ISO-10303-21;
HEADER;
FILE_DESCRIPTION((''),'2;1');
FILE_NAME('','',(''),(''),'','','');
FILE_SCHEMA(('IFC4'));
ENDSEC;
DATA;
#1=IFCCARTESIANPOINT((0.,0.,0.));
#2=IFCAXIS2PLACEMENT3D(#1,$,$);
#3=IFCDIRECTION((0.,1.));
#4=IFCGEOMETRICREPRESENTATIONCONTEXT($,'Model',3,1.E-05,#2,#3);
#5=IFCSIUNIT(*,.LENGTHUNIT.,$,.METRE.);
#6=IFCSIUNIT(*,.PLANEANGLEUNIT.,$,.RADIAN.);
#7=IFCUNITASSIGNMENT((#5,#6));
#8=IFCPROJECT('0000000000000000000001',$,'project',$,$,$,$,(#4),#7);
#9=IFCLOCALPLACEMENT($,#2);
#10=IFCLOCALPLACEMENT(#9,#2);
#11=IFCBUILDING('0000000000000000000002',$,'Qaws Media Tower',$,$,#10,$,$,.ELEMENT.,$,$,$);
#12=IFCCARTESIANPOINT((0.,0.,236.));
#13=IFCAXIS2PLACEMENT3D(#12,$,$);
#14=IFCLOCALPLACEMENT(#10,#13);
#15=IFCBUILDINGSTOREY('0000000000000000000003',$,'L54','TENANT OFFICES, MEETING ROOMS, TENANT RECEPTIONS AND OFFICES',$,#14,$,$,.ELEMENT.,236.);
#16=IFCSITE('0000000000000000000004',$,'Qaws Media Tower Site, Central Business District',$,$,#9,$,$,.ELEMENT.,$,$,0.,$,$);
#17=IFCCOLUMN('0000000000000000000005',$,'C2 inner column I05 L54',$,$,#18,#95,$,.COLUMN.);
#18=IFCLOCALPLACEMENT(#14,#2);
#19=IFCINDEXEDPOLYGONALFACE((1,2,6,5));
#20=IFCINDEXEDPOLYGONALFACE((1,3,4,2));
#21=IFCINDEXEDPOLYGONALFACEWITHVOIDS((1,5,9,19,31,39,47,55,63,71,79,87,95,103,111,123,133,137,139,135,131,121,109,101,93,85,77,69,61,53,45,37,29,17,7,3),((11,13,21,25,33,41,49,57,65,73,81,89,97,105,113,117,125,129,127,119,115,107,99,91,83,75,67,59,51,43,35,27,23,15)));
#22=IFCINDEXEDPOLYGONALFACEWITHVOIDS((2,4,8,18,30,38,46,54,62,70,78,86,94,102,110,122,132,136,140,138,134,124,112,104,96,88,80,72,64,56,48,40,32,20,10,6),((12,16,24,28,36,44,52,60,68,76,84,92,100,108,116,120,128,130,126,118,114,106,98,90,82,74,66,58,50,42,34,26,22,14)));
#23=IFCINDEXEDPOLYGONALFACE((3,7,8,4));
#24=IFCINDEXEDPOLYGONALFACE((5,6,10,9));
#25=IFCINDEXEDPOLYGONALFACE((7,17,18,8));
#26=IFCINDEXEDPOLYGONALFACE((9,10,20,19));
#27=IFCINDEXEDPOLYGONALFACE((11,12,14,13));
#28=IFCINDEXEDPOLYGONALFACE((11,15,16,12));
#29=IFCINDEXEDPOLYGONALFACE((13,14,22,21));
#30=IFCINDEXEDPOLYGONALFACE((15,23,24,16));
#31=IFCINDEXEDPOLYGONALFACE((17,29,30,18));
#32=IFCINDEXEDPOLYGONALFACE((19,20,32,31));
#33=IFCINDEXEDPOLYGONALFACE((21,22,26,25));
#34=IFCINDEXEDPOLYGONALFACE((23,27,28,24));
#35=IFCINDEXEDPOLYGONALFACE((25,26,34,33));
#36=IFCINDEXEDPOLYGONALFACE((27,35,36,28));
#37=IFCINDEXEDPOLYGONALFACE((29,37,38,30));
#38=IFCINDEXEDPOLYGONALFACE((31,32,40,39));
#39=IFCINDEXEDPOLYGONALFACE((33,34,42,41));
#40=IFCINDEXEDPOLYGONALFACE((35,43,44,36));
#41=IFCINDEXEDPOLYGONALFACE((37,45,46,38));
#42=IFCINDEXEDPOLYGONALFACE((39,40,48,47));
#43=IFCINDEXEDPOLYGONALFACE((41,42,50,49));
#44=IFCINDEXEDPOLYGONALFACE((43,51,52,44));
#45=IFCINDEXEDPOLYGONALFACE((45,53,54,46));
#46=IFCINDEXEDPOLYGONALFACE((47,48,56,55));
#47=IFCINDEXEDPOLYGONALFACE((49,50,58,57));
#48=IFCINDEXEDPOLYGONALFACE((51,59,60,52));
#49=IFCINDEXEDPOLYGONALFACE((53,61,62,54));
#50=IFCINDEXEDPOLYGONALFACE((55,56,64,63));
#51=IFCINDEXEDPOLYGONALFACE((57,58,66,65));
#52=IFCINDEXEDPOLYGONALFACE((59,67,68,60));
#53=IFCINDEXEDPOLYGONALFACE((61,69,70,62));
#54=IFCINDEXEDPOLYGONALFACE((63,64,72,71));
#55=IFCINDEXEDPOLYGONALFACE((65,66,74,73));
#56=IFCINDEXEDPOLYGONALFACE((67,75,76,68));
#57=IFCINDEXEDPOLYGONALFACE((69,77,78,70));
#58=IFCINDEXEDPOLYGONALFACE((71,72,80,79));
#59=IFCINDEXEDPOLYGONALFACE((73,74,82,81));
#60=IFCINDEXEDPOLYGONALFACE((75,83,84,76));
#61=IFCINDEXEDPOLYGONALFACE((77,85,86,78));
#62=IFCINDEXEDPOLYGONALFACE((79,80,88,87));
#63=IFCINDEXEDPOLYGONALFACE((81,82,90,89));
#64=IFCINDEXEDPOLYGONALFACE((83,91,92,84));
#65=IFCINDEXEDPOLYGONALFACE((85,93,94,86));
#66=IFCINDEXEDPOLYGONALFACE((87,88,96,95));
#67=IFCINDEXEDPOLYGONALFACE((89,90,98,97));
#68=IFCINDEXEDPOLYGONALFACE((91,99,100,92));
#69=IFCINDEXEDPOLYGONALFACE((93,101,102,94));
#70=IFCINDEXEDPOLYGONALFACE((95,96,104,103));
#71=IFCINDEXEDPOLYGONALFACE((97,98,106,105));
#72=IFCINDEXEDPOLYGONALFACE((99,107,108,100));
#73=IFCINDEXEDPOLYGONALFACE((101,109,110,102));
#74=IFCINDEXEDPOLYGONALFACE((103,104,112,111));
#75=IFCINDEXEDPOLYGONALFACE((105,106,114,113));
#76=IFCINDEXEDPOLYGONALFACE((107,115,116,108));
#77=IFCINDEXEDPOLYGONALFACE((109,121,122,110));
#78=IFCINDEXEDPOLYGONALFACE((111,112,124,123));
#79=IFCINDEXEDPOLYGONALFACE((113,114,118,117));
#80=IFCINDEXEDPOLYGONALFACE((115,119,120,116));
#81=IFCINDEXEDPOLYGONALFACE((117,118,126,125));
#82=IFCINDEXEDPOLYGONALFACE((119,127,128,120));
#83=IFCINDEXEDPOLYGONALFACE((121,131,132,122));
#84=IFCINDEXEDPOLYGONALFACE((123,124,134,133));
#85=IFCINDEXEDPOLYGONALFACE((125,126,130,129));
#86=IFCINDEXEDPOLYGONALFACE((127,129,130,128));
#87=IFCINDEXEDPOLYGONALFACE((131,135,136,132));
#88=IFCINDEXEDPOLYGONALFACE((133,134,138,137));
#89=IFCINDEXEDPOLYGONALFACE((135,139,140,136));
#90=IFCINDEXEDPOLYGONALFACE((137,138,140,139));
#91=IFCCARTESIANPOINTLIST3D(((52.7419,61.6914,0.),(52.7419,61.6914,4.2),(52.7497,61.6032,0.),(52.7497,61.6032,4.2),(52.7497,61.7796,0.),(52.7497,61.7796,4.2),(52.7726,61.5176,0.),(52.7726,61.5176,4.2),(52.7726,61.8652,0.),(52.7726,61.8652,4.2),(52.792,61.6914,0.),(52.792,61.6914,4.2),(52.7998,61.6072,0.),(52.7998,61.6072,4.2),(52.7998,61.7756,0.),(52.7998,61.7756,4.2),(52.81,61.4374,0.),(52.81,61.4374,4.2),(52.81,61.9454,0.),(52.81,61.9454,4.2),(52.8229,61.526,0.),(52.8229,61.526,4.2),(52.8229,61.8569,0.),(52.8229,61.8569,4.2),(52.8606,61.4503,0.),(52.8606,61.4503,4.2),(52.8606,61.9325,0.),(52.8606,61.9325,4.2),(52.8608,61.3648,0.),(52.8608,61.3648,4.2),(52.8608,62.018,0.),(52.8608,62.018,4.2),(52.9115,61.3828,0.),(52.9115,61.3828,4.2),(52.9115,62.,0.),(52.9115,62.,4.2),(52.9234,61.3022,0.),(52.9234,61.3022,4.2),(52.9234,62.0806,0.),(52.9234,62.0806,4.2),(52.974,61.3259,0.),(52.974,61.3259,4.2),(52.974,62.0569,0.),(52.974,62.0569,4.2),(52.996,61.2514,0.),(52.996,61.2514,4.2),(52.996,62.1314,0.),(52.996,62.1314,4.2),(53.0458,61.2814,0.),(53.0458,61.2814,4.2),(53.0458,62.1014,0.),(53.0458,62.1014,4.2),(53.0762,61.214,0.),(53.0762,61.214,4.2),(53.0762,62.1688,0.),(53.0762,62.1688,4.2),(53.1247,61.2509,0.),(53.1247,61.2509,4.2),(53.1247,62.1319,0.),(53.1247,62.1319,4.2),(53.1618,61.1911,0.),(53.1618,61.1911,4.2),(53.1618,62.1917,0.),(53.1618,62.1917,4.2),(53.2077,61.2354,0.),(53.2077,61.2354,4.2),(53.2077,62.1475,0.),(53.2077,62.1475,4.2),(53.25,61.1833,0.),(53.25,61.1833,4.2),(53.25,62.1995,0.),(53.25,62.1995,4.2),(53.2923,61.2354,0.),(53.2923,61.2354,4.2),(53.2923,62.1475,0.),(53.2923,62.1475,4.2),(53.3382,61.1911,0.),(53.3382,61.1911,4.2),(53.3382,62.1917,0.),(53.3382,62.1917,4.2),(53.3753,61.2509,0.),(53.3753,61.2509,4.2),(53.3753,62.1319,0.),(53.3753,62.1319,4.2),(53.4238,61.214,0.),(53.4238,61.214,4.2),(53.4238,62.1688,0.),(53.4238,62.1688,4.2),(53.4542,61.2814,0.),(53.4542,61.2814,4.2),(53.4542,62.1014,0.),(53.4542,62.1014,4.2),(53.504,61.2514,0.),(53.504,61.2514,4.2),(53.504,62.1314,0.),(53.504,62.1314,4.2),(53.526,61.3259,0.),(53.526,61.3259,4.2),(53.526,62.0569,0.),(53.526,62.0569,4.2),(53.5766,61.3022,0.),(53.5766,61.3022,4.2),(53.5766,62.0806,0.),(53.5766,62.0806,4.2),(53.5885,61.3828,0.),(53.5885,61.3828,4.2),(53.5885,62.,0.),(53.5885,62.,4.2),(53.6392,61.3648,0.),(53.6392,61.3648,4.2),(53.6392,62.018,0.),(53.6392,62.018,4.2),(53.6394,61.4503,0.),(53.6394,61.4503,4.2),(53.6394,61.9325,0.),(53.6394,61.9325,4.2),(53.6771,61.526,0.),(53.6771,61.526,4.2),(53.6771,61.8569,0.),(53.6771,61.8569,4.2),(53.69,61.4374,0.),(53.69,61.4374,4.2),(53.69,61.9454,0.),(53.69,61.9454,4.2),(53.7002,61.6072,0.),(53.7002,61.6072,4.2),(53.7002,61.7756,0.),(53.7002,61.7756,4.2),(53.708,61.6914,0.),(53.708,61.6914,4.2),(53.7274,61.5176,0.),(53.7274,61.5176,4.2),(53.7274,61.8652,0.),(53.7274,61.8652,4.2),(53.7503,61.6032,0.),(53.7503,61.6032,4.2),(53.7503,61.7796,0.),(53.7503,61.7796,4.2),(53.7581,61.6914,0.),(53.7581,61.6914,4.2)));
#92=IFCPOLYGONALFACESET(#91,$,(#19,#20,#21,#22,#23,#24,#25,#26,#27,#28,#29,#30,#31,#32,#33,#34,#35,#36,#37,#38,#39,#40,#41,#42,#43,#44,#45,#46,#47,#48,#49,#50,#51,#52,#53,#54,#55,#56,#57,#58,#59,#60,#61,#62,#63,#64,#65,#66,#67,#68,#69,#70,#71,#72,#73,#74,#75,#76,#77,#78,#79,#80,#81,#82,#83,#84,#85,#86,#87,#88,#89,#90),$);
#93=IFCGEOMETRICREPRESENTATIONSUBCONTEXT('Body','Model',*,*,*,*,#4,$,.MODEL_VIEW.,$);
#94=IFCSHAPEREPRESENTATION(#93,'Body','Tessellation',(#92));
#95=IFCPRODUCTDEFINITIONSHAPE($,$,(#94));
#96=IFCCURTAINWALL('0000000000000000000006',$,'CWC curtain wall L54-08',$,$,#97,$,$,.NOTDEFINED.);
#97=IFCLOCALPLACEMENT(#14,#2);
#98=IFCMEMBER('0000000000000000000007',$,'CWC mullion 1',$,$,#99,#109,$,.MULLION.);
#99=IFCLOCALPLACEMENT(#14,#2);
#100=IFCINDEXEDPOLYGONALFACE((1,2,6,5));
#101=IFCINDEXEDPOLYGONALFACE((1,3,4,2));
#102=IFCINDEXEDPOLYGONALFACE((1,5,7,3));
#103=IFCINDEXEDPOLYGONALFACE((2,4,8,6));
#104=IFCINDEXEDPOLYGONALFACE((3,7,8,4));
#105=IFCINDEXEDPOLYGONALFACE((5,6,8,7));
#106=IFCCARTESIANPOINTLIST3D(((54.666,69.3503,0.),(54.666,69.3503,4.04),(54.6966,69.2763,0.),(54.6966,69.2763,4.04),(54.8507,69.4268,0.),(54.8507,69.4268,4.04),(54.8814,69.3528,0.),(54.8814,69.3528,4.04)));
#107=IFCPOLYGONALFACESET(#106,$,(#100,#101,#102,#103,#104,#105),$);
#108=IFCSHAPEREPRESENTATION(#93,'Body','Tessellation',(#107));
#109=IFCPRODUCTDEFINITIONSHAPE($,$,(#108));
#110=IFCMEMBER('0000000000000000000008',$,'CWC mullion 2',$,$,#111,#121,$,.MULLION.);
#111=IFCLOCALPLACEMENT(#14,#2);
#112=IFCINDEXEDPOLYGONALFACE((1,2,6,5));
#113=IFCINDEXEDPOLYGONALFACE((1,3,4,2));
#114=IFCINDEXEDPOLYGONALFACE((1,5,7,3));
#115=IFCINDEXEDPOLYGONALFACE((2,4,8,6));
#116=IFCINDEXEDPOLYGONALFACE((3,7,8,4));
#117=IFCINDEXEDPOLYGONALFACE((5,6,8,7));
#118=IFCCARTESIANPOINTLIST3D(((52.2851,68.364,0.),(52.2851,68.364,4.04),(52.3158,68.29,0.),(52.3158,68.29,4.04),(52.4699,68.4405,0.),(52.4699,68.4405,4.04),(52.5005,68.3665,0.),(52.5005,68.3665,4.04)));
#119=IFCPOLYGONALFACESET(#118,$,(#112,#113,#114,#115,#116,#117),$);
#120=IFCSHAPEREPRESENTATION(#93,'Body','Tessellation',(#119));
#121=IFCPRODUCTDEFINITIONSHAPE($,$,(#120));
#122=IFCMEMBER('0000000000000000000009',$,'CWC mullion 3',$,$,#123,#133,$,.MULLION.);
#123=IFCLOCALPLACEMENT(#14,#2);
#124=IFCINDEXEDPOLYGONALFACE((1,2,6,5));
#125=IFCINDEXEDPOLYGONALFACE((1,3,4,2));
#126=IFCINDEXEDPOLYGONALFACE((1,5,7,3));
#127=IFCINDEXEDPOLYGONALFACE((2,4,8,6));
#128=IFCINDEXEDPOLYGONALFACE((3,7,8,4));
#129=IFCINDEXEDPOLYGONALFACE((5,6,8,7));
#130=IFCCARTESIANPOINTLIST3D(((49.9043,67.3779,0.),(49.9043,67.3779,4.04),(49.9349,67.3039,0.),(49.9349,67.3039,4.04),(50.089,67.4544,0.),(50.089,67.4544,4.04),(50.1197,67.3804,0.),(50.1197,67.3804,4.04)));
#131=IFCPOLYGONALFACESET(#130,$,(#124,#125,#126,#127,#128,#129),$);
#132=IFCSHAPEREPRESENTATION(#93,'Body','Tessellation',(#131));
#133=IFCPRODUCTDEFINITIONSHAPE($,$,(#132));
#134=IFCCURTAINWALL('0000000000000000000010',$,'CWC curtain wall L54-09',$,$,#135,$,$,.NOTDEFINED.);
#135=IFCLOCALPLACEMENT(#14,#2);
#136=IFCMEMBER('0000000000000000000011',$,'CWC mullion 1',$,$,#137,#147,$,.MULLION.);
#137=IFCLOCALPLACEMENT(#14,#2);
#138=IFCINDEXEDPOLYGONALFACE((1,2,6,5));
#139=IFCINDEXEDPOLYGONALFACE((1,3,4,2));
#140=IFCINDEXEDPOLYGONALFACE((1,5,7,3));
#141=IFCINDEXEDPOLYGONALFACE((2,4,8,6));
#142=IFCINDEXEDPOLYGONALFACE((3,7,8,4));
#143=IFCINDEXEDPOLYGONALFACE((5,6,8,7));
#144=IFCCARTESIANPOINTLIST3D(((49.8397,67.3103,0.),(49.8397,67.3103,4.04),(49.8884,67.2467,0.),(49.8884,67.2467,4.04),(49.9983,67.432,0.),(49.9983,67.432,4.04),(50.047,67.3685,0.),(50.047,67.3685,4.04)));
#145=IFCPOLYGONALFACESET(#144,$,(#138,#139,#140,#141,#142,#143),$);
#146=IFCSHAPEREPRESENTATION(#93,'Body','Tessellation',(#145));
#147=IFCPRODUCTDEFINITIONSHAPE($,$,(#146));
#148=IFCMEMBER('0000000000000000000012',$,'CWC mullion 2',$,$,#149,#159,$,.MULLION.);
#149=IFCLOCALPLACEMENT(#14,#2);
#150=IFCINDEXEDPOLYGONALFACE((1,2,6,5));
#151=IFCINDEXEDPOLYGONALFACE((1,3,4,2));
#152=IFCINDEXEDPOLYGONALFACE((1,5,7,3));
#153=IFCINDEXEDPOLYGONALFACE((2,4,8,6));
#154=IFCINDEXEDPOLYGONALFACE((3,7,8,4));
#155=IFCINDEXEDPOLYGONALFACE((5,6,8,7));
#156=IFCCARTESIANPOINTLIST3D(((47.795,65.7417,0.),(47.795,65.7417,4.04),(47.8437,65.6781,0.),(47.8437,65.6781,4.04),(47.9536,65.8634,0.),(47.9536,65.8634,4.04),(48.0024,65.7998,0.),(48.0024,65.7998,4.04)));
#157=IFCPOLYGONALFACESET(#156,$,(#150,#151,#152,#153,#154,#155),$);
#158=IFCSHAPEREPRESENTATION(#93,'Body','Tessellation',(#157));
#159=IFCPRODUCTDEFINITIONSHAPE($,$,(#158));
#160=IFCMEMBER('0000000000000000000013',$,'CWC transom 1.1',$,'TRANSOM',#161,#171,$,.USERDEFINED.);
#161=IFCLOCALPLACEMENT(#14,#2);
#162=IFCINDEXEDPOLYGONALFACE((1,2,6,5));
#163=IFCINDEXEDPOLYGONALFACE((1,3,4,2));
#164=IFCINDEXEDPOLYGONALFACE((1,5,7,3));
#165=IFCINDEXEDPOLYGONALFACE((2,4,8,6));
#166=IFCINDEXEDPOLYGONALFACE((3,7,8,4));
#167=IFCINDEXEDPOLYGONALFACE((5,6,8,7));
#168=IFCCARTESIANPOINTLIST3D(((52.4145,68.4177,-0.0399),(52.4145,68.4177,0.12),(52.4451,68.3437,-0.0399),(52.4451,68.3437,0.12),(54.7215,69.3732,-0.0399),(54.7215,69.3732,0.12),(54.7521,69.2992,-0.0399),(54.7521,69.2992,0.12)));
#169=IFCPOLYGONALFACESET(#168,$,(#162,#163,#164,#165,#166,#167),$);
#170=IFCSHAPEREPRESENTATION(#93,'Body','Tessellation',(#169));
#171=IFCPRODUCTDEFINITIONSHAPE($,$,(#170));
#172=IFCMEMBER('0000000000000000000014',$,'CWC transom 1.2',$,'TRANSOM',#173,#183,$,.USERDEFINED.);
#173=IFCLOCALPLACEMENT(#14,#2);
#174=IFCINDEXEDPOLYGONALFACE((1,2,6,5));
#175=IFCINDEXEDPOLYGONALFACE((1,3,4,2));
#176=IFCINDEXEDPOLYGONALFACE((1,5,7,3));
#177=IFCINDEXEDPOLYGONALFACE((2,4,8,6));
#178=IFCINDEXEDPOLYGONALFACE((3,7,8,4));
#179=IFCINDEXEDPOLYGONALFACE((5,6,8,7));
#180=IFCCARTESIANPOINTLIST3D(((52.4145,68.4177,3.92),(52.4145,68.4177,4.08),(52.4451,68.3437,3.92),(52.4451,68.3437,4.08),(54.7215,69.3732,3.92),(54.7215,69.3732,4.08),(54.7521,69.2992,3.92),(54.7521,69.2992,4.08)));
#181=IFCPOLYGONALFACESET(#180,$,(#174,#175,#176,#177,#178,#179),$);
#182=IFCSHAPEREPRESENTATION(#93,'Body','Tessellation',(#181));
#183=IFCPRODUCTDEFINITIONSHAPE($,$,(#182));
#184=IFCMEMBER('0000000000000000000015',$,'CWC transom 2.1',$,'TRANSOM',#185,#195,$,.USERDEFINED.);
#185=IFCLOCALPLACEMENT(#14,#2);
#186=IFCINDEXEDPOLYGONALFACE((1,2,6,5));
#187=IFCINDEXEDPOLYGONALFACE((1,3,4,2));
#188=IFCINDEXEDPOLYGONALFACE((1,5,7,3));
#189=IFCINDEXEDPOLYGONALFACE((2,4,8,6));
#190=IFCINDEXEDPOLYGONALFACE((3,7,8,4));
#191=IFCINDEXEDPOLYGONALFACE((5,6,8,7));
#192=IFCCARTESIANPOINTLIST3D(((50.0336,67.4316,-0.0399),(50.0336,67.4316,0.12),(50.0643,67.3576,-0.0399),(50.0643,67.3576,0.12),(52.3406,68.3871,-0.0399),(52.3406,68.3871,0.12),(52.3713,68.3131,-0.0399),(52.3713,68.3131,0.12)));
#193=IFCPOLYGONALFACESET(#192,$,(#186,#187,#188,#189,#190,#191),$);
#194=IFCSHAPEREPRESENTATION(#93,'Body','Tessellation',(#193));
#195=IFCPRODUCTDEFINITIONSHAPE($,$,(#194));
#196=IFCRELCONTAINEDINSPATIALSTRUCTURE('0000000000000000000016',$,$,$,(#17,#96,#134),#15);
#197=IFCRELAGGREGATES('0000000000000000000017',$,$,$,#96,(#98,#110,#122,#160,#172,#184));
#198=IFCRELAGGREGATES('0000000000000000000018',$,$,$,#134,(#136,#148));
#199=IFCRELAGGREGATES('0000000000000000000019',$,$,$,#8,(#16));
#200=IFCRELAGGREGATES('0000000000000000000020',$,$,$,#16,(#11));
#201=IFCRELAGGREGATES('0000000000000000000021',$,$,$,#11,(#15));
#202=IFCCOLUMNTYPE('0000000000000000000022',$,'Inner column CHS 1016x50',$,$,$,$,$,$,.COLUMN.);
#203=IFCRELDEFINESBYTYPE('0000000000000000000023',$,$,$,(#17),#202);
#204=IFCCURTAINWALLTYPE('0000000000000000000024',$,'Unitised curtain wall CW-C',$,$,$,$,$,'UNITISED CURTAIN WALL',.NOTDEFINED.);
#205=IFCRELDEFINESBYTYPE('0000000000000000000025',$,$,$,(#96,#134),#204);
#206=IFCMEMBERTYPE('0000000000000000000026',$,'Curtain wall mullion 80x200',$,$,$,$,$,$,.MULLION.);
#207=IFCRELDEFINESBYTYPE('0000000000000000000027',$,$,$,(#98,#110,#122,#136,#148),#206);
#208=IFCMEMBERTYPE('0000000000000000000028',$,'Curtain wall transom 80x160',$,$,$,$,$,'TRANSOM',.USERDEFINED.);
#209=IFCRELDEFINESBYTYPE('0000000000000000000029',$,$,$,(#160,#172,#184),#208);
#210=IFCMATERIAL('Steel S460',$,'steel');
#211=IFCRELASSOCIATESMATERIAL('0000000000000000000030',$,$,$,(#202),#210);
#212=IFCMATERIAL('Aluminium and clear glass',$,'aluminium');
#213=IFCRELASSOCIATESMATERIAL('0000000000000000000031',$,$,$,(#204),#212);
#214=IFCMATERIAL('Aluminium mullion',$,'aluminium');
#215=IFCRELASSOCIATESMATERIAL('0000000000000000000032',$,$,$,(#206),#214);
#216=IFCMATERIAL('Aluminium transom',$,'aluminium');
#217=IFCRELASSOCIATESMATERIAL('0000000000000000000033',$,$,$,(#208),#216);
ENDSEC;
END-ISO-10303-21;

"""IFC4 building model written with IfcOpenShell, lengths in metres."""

from ifc_helpers import new_model, si_unit, direction, frame, origin, origin_2d, place, context, subcontext, project, spatial, rectangle, hollow_circle, extrude, material, material_profile, profile_set, type_object, element, aggregate, save


model = new_model("IFC4")

# Units and contexts
model_context = context("Model", 3, precision=1e-05, world=origin(), true_north=direction((0.0, 1.0)))
body_context = subcontext(model_context, "Body", "Model", "MODEL_VIEW")
ifc_project = project(units=[si_unit("LENGTHUNIT", "METRE"), si_unit("PLANEANGLEUNIT", "RADIAN")], contexts=[model_context])

# Site, building, storey
site_placement = place(None, origin())
site = spatial("IfcSite", under=ifc_project, at=site_placement, Name="Qaws Media Tower Site, Central Business District", CompositionType="ELEMENT", RefElevation=0.0)
building_placement = place(site_placement, origin())
building = spatial("IfcBuilding", under=site, at=building_placement, Name="Qaws Media Tower", CompositionType="ELEMENT")
storey_placement = place(building_placement, frame((0.0, 0.0, 236.0)))
storey = spatial("IfcBuildingStorey", under=building, at=storey_placement, Name="L54", Description="TENANT OFFICES, MEETING ROOMS, TENANT RECEPTIONS AND OFFICES", CompositionType="ELEMENT", Elevation=236.0)

# Column
ifc_material_1 = material(Name="Steel S460", Category="steel")
ifc_material_profile_1 = material_profile(ifc_material_1, hollow_circle(Radius=0.5081, WallThickness=0.05, at=origin_2d()), Name="CHS 1016x50")
ifc_profile_set_1 = profile_set([ifc_material_profile_1], Name="Steel S460")
column_type = type_object("IfcColumnType", Name="Inner column CHS 1016x50", PredefinedType="COLUMN", material=ifc_profile_set_1)
column_placement = place(storey_placement, frame((53.25, 61.6914, 0.0), z_axis=(0.0, 0.0, 1.0), x_axis=(1.0, 0.0, 0.0)))
element("IfcColumn", 1, at=column_placement, inside=storey, type_object=column_type, Name="C2 inner column I05 L54", PredefinedType="COLUMN", context=body_context, shape_type="SweptSolid", body=[
    extrude(hollow_circle(Radius=0.5081, WallThickness=0.05, at=origin_2d()), origin(), (0.0, 0.0, 1.0), 4.2),
])

# Curtain walls, members
ifc_material_2 = material(Name="Aluminium and clear glass", Category="aluminium")
curtain_wall_type = type_object("IfcCurtainWallType", Name="Unitised curtain wall CW-C", ElementType="UNITISED CURTAIN WALL", PredefinedType="NOTDEFINED", material=ifc_material_2)
curtain_wall_1_placement = place(storey_placement, origin())
curtain_wall_1 = element("IfcCurtainWall", 2, at=curtain_wall_1_placement, inside=storey, type_object=curtain_wall_type, Name="CWC curtain wall L54-08", PredefinedType="NOTDEFINED")
ifc_material_3 = material(Name="Aluminium mullion", Category="aluminium")
ifc_material_profile_2 = material_profile(ifc_material_3, rectangle(XDim=0.0801, YDim=0.2, at=origin_2d()), Name="80x200")
ifc_profile_set_2 = profile_set([ifc_material_profile_2], Name="Aluminium mullion")
member_type_1 = type_object("IfcMemberType", Name="Curtain wall mullion 80x200", PredefinedType="MULLION", material=ifc_profile_set_2)
member_1_placement = place(storey_placement, frame((54.7737, 69.3516, 0.0), z_axis=(0.0, 0.0, 1.0), x_axis=(0.382684, -0.923879, 0.0)))
member_1 = element("IfcMember", 3, at=member_1_placement, type_object=member_type_1, Name="CWC mullion 1", PredefinedType="MULLION", context=body_context, shape_type="SweptSolid", body=[
    extrude(rectangle(XDim=0.0801, YDim=0.2, at=origin_2d()), origin(), (0.0, 0.0, 1.0), 4.04),
])
member_2_placement = place(storey_placement, frame((52.3928, 68.3652, 0.0), z_axis=(0.0, 0.0, 1.0), x_axis=(0.382684, -0.923879, 0.0)))
member_2 = element("IfcMember", 4, at=member_2_placement, type_object=member_type_1, Name="CWC mullion 2", PredefinedType="MULLION", context=body_context, shape_type="SweptSolid", body=[
    extrude(rectangle(XDim=0.0801, YDim=0.2, at=origin_2d()), origin(), (0.0, 0.0, 1.0), 4.04),
])
member_3_placement = place(storey_placement, frame((50.012, 67.3792, 0.0), z_axis=(0.0, 0.0, 1.0), x_axis=(0.382684, -0.923879, 0.0)))
member_3 = element("IfcMember", 5, at=member_3_placement, type_object=member_type_1, Name="CWC mullion 3", PredefinedType="MULLION", context=body_context, shape_type="SweptSolid", body=[
    extrude(rectangle(XDim=0.0801, YDim=0.2, at=origin_2d()), origin(), (0.0, 0.0, 1.0), 4.04),
])
curtain_wall_2_placement = place(storey_placement, origin())
curtain_wall_2 = element("IfcCurtainWall", 6, at=curtain_wall_2_placement, inside=storey, type_object=curtain_wall_type, Name="CWC curtain wall L54-09", PredefinedType="NOTDEFINED")
member_4_placement = place(storey_placement, frame((49.9434, 67.3394, 0.0), z_axis=(0.0, 0.0, 1.0), x_axis=(0.608761, -0.793353, 0.0)))
member_4 = element("IfcMember", 7, at=member_4_placement, type_object=member_type_1, Name="CWC mullion 1", PredefinedType="MULLION", context=body_context, shape_type="SweptSolid", body=[
    extrude(rectangle(XDim=0.0801, YDim=0.2, at=origin_2d()), origin(), (0.0, 0.0, 1.0), 4.04),
])
member_5_placement = place(storey_placement, frame((47.8987, 65.7708, 0.0), z_axis=(0.0, 0.0, 1.0), x_axis=(0.608761, -0.793353, 0.0)))
member_5 = element("IfcMember", 8, at=member_5_placement, type_object=member_type_1, Name="CWC mullion 2", PredefinedType="MULLION", context=body_context, shape_type="SweptSolid", body=[
    extrude(rectangle(XDim=0.0801, YDim=0.2, at=origin_2d()), origin(), (0.0, 0.0, 1.0), 4.04),
])

# Members
ifc_material_4 = material(Name="Aluminium transom", Category="aluminium")
ifc_material_profile_3 = material_profile(ifc_material_4, rectangle(XDim=0.0801, YDim=0.1599, at=origin_2d()), Name="80x160")
ifc_profile_set_3 = profile_set([ifc_material_profile_3], Name="Aluminium transom")
member_type_2 = type_object("IfcMemberType", Name="Curtain wall transom 80x160", ElementType="TRANSOM", PredefinedType="USERDEFINED", material=ifc_profile_set_3)
member_6_placement = place(storey_placement, frame((54.7368, 69.3362, 0.04), z_axis=(-0.923891, -0.382657, 0.0), x_axis=(0.382657, -0.923891, 0.0)))
member_6 = element("IfcMember", 9, at=member_6_placement, type_object=member_type_2, Name="CWC transom 1.1", ObjectType="TRANSOM", PredefinedType="USERDEFINED", context=body_context, shape_type="SweptSolid", body=[
    extrude(rectangle(XDim=0.0801, YDim=0.1599, at=origin_2d()), origin(), (0.0, 0.0, 1.0), 2.4971),
])
member_7_placement = place(storey_placement, frame((54.7368, 69.3362, 4.0), z_axis=(-0.923891, -0.382657, 0.0), x_axis=(0.382657, -0.923891, 0.0)))
member_7 = element("IfcMember", 10, at=member_7_placement, type_object=member_type_2, Name="CWC transom 1.2", ObjectType="TRANSOM", PredefinedType="USERDEFINED", context=body_context, shape_type="SweptSolid", body=[
    extrude(rectangle(XDim=0.0801, YDim=0.1599, at=origin_2d()), origin(), (0.0, 0.0, 1.0), 2.4971),
])
member_8_placement = place(storey_placement, frame((52.356, 68.3501, 0.04), z_axis=(-0.923891, -0.382657, 0.0), x_axis=(0.382657, -0.923891, 0.0)))
member_8 = element("IfcMember", 11, at=member_8_placement, type_object=member_type_2, Name="CWC transom 2.1", ObjectType="TRANSOM", PredefinedType="USERDEFINED", context=body_context, shape_type="SweptSolid", body=[
    extrude(rectangle(XDim=0.0801, YDim=0.1599, at=origin_2d()), origin(), (0.0, 0.0, 1.0), 2.4971),
])

aggregate(curtain_wall_1, [member_1, member_2, member_3, member_6, member_7, member_8])
aggregate(curtain_wall_2, [member_4, member_5])

save(model, "model.ifc")
